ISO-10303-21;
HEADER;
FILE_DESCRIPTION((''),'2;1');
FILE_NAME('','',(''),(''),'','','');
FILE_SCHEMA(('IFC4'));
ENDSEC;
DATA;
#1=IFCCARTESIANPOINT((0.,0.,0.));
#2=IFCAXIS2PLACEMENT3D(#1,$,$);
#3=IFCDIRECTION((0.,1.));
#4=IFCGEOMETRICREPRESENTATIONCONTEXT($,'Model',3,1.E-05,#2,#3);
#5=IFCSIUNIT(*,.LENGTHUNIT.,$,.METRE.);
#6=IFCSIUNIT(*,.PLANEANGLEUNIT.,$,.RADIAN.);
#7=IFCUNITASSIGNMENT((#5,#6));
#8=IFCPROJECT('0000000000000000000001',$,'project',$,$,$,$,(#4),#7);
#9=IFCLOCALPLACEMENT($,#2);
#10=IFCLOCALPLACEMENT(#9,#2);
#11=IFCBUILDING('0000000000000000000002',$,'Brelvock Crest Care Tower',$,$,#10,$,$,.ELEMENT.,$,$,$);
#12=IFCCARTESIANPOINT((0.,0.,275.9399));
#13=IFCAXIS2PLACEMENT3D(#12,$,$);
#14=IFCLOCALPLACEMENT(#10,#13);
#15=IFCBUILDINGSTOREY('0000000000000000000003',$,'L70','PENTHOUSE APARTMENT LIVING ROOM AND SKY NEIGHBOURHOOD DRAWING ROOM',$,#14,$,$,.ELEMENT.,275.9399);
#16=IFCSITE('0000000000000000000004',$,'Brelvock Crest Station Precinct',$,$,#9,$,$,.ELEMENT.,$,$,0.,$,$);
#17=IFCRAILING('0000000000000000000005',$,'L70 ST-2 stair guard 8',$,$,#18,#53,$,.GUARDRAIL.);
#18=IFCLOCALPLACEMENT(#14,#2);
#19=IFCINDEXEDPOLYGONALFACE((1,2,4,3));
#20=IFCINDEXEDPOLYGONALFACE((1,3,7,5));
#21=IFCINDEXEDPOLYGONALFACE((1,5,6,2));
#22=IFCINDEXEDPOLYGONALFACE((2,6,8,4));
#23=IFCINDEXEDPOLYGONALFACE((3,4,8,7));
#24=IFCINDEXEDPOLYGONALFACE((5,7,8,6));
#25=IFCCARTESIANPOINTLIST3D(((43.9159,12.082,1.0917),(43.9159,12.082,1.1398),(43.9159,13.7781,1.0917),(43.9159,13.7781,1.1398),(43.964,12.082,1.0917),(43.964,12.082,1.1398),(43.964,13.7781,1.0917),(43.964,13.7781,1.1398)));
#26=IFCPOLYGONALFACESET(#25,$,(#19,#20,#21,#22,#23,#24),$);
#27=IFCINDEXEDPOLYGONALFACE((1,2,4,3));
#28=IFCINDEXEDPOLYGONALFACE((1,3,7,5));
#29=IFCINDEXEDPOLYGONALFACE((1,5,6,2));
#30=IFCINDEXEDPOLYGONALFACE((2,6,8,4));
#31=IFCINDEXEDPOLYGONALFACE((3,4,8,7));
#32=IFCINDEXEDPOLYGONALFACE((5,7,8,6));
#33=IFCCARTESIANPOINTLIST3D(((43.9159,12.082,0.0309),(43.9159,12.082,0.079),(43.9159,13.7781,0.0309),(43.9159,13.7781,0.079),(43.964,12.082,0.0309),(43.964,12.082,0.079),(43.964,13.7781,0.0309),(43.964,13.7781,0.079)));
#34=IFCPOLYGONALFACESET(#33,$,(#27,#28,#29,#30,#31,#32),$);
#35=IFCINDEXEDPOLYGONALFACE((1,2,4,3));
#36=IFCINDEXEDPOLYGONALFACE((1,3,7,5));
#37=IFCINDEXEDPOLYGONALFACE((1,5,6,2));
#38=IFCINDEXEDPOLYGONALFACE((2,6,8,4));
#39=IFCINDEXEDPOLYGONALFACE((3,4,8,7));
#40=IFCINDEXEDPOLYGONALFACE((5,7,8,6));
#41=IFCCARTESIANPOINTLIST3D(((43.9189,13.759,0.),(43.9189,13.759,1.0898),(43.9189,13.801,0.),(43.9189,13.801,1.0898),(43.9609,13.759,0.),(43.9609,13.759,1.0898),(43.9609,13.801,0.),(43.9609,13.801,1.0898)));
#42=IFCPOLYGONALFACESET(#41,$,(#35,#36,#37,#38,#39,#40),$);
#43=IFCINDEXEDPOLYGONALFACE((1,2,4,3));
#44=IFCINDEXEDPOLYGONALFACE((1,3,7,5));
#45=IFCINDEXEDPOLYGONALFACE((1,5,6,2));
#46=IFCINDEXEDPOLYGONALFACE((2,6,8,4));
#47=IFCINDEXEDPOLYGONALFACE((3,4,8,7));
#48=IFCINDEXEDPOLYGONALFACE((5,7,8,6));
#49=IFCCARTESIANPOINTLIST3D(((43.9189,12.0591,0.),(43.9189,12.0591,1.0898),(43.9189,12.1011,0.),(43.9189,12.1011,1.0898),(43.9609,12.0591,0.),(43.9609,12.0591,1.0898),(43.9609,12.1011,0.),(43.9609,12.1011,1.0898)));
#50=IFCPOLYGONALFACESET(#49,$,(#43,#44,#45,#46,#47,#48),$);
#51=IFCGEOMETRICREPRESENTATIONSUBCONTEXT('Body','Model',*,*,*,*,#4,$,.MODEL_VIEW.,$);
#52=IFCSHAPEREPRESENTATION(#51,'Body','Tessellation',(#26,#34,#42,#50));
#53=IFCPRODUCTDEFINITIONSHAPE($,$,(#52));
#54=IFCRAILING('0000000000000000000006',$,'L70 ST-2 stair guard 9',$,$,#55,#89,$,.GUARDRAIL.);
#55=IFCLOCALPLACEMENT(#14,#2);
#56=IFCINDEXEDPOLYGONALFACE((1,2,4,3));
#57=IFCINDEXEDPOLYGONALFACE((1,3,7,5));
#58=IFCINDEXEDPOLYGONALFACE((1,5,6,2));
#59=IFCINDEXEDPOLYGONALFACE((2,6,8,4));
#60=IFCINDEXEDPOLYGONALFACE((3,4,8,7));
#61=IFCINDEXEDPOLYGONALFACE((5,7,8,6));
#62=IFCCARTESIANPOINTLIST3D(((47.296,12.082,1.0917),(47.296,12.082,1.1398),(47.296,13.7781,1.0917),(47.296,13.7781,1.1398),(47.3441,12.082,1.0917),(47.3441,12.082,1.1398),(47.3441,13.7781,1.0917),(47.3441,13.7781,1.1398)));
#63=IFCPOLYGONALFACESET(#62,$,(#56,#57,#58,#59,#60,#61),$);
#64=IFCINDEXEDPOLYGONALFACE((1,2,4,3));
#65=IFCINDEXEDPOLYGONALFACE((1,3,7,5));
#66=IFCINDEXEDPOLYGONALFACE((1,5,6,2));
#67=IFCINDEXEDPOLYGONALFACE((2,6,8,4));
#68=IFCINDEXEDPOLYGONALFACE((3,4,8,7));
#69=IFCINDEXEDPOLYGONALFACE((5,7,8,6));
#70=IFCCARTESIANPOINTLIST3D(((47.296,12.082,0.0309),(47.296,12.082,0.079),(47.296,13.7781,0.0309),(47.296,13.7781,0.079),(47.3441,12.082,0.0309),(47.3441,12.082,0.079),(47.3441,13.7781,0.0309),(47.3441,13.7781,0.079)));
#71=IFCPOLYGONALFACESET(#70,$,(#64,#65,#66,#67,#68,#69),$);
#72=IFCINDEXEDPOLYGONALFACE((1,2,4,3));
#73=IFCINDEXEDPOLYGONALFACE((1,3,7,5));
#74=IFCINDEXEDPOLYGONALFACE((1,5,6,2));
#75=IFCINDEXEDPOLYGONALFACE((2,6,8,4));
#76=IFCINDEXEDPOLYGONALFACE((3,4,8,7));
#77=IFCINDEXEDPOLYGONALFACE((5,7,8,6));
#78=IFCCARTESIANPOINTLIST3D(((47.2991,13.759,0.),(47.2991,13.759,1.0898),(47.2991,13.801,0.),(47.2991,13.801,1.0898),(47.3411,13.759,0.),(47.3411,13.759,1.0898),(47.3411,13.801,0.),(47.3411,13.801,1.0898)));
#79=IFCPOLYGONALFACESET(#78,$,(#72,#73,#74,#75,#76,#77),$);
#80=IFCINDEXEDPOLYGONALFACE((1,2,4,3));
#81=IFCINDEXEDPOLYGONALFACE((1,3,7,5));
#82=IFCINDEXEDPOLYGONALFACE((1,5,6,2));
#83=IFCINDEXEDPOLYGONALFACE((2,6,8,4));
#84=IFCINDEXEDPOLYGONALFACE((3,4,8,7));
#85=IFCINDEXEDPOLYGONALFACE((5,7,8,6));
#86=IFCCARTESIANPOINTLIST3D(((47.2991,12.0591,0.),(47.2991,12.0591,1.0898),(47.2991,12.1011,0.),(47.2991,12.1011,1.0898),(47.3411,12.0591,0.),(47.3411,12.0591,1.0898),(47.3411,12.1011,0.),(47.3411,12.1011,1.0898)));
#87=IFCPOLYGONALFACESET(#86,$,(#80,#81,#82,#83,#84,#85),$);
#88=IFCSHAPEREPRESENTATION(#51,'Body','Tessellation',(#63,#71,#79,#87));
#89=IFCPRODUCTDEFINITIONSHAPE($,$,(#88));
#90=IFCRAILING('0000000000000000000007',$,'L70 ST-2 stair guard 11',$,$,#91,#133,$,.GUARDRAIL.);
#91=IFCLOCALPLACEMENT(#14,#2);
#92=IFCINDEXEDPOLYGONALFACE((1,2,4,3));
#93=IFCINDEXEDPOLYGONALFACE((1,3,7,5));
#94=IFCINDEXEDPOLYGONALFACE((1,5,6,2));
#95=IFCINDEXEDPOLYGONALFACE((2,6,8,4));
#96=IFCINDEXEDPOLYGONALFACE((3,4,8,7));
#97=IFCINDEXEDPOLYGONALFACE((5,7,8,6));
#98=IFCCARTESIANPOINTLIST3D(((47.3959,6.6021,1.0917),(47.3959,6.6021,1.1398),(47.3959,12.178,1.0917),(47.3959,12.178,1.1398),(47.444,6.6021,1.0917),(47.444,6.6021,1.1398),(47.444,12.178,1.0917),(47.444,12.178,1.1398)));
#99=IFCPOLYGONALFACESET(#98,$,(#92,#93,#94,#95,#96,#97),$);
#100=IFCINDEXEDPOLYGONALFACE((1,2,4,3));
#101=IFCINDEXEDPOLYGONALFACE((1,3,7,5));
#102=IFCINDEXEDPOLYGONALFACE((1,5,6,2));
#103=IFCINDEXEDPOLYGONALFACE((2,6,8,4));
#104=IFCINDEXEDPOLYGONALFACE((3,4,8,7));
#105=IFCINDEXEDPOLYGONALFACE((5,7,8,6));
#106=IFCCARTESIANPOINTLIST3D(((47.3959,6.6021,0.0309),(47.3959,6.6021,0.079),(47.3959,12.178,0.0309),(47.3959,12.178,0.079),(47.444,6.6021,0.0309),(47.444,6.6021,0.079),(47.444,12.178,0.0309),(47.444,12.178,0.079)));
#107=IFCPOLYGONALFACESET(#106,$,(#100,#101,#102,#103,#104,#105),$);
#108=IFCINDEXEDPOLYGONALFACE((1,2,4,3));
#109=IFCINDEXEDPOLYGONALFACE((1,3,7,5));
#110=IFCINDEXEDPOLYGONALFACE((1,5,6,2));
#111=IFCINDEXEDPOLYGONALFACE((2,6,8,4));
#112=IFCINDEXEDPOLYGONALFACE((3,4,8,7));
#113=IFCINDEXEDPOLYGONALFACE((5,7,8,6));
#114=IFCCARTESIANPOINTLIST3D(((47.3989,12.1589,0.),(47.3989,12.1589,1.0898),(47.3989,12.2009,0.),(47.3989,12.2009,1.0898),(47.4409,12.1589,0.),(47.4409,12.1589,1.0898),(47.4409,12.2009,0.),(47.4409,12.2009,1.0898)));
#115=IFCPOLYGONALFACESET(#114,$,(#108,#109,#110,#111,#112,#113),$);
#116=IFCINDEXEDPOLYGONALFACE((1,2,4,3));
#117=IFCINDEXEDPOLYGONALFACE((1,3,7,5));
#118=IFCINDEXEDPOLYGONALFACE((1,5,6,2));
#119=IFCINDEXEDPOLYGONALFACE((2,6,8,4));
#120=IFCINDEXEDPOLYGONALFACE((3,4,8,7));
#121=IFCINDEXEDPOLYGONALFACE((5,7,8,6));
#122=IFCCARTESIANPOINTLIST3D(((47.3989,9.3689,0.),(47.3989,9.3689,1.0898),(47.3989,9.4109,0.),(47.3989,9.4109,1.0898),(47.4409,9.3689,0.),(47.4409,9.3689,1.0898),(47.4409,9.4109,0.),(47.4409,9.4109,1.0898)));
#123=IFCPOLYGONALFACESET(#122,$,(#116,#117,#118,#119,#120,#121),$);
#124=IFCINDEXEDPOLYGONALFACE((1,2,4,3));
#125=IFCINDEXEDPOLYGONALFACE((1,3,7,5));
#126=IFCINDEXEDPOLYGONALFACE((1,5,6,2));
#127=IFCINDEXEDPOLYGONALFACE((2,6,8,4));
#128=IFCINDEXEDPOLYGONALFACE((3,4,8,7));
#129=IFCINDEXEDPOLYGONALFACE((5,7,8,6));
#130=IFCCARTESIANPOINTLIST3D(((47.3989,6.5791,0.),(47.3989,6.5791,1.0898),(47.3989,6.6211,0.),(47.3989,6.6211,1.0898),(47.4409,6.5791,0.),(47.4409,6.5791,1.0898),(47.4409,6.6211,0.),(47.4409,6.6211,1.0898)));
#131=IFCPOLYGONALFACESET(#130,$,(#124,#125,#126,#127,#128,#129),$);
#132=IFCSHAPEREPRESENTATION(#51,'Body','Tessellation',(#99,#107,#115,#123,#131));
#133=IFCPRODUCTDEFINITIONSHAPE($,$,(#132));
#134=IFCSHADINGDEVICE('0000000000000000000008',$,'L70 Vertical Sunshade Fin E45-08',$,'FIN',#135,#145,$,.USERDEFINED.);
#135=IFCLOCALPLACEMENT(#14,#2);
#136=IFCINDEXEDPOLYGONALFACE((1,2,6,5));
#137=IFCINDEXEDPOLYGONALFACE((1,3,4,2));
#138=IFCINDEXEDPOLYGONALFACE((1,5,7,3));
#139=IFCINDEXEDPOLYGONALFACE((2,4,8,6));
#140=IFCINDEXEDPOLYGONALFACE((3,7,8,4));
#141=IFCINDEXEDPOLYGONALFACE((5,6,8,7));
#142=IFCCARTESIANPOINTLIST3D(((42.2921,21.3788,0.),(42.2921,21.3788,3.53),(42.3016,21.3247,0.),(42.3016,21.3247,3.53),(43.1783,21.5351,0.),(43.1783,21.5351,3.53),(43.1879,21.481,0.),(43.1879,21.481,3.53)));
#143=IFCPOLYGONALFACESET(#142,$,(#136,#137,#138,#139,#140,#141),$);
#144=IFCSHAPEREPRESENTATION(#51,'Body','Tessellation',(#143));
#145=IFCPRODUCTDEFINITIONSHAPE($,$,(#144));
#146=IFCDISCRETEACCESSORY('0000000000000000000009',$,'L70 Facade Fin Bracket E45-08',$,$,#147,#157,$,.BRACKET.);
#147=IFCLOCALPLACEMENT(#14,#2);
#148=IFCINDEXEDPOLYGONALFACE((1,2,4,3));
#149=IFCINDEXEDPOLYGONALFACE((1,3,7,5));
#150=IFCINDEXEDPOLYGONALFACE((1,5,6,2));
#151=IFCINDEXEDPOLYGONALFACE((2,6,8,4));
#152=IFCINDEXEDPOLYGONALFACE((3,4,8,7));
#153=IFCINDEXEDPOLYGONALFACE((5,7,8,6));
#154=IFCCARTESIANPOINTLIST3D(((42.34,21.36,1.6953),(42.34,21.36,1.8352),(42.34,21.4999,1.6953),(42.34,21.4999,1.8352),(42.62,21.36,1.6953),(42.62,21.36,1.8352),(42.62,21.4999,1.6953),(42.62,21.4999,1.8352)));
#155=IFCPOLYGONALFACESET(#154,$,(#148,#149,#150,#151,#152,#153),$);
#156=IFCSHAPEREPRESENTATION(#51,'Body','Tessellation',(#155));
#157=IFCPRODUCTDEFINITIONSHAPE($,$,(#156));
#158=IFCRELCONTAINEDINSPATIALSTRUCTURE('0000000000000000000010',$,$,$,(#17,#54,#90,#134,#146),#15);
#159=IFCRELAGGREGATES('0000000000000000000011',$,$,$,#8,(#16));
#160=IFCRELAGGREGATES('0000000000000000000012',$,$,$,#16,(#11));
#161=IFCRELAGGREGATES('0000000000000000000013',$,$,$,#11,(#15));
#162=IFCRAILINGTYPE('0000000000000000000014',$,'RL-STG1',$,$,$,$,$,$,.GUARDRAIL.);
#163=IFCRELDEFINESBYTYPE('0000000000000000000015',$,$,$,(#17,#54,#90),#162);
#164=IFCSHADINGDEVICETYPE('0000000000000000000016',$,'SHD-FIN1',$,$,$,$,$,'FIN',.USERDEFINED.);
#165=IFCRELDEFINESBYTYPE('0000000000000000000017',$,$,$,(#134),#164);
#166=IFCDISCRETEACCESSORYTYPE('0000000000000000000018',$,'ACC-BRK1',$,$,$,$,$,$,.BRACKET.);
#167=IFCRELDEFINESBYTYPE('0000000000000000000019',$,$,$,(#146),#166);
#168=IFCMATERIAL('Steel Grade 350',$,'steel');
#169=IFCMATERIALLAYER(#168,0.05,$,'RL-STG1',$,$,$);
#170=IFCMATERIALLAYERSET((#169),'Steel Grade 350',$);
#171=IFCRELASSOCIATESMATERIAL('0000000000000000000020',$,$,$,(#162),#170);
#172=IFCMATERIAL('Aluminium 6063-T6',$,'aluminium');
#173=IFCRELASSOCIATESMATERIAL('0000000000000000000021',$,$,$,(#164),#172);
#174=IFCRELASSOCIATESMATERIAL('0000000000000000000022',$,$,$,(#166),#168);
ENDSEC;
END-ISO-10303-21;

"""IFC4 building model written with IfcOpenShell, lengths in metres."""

from ifc_helpers import new_model, si_unit, direction, frame, origin, origin_2d, place, context, subcontext, project, spatial, rectangle, extrude, source, transform, mapped, material, layer, layer_set, material_profile, profile_set, type_object, element, save


model = new_model("IFC4")

# Units and contexts
model_context = context("Model", 3, precision=1e-05, world=origin(), true_north=direction((0.0, 1.0)))
body_context = subcontext(model_context, "Body", "Model", "MODEL_VIEW")
ifc_project = project(units=[si_unit("LENGTHUNIT", "METRE"), si_unit("PLANEANGLEUNIT", "RADIAN")], contexts=[model_context])

# Site, building, storey
site_placement = place(None, origin())
site = spatial("IfcSite", under=ifc_project, at=site_placement, Name="Brelvock Crest Station Precinct", CompositionType="ELEMENT", RefElevation=0.0)
building_placement = place(site_placement, origin())
building = spatial("IfcBuilding", under=site, at=building_placement, Name="Brelvock Crest Care Tower", CompositionType="ELEMENT")
storey_placement = place(building_placement, frame((0.0, 0.0, 275.9399)))
storey = spatial("IfcBuildingStorey", under=building, at=storey_placement, Name="L70", Description="PENTHOUSE APARTMENT LIVING ROOM AND SKY NEIGHBOURHOOD DRAWING ROOM", CompositionType="ELEMENT", Elevation=275.9399)

# Shared definitions
ifc_material_1 = material(Name="Steel Grade 350", Category="steel")

# Shared definitions
ifc_material_2 = material(Name="Aluminium 6063-T6", Category="aluminium")

# Railings
ifc_layer_1 = layer(ifc_material_1, 0.05, Name="RL-STG1")
ifc_layer_set_1 = layer_set([ifc_layer_1], Name="Steel Grade 350")
railing_type = type_object("IfcRailingType", Name="RL-STG1", PredefinedType="GUARDRAIL", material=ifc_layer_set_1)
for number, where, name in (
    (1, (43.9399, 13.78, 0.0), "L70 ST-2 stair guard 8"),
    (2, (47.3201, 13.78, 0.0), "L70 ST-2 stair guard 9"),
):
    element("IfcRailing", number, at=place(storey_placement, frame(where)), inside=storey, type_object=railing_type, Name=name, PredefinedType="GUARDRAIL", context=body_context, shape_type="SweptSolid", body=[
        extrude(rectangle(XDim=0.0481, YDim=0.0481, at=origin_2d()), frame((0.0, -0.002, 1.1157), z_axis=(0.0, -1.0, 0.0), x_axis=(1.0, 0.0, 0.0)), (0.0, 0.0, 1.0), 1.696),
        extrude(rectangle(XDim=0.0481, YDim=0.0481, at=origin_2d()), frame((0.0, -0.002, 0.0549), z_axis=(0.0, -1.0, 0.0), x_axis=(1.0, 0.0, 0.0)), (0.0, 0.0, 1.0), 1.696),
        extrude(rectangle(XDim=0.042, YDim=0.042, at=origin_2d()), origin(), (0.0, 0.0, 1.0), 1.0898),
        extrude(rectangle(XDim=0.042, YDim=0.042, at=origin_2d()), frame((0.0, -1.7, 0.0)), (0.0, 0.0, 1.0), 1.0898),
    ])
railing_placement = place(storey_placement, frame((47.4199, 12.1799, 0.0)))
element("IfcRailing", 3, at=railing_placement, inside=storey, type_object=railing_type, Name="L70 ST-2 stair guard 11", PredefinedType="GUARDRAIL", context=body_context, shape_type="SweptSolid", body=[
    extrude(rectangle(XDim=0.0481, YDim=0.0481, at=origin_2d()), frame((0.0, -0.002, 1.1157), z_axis=(0.0, -1.0, 0.0), x_axis=(1.0, 0.0, 0.0)), (0.0, 0.0, 1.0), 5.5759),
    extrude(rectangle(XDim=0.0481, YDim=0.0481, at=origin_2d()), frame((0.0, -0.002, 0.0549), z_axis=(0.0, -1.0, 0.0), x_axis=(1.0, 0.0, 0.0)), (0.0, 0.0, 1.0), 5.5759),
    extrude(rectangle(XDim=0.042, YDim=0.042, at=origin_2d()), origin(), (0.0, 0.0, 1.0), 1.0898),
    extrude(rectangle(XDim=0.042, YDim=0.042, at=origin_2d()), frame((0.0, -2.79, 0.0)), (0.0, 0.0, 1.0), 1.0898),
    extrude(rectangle(XDim=0.042, YDim=0.042, at=origin_2d()), frame((0.0, -5.5798, 0.0)), (0.0, 0.0, 1.0), 1.0898),
])

# Shading device
ifc_material_profile_1 = material_profile(ifc_material_2, rectangle(XDim=0.0549, YDim=0.8999, at=origin_2d()), Name="FIN55x900")
ifc_profile_set_1 = profile_set([ifc_material_profile_1], Name="Aluminium 6063-T6")
shading_device_type = type_object("IfcShadingDeviceType", Name="SHD-FIN1", ElementType="FIN", PredefinedType="USERDEFINED", material=ifc_profile_set_1)
shared_shape_1 = source(origin(), body_context, "Body", "SweptSolid", [
    extrude(rectangle(XDim=0.0549, YDim=0.8999, at=origin_2d()), origin(), (0.0, 0.0, 1.0), 3.53),
])
shading_device_placement = place(storey_placement, frame((42.74, 21.4299, 0.0), z_axis=(0.0, 0.0, 1.0), x_axis=(0.173648, -0.984808, 0.0)))
element("IfcShadingDevice", 4, at=shading_device_placement, inside=storey, type_object=shading_device_type, Name="L70 Vertical Sunshade Fin E45-08", ObjectType="FIN", PredefinedType="USERDEFINED", context=body_context, shape_type="MappedRepresentation", body=[
    mapped(shared_shape_1, transform((0.0, 0.0, 0.0), x_axis=(1.0, 0.0, 0.0), y_axis=(0.0, 1.0, 0.0), z_axis=(0.0, 0.0, 1.0), scale=1.0)),
])

# Discrete accessory
discrete_accessory_type = type_object("IfcDiscreteAccessoryType", Name="ACC-BRK1", PredefinedType="BRACKET", material=ifc_material_1)
shared_shape_2 = source(origin(), body_context, "Body", "SweptSolid", [
    extrude(rectangle(XDim=0.28, YDim=0.1399, at=origin_2d()), origin(), (0.0, 0.0, 1.0), 0.1399),
])
discrete_accessory_placement = place(storey_placement, frame((42.48, 21.4299, 1.6953), z_axis=(0.0, 0.0, 1.0), x_axis=(1.0, 0.0, 0.0)))
element("IfcDiscreteAccessory", 5, at=discrete_accessory_placement, inside=storey, type_object=discrete_accessory_type, Name="L70 Facade Fin Bracket E45-08", PredefinedType="BRACKET", context=body_context, shape_type="MappedRepresentation", body=[
    mapped(shared_shape_2, transform((0.0, 0.0, 0.0), x_axis=(1.0, 0.0, 0.0), y_axis=(0.0, 1.0, 0.0), z_axis=(0.0, 0.0, 1.0), scale=1.0)),
])

save(model, "model.ifc")
